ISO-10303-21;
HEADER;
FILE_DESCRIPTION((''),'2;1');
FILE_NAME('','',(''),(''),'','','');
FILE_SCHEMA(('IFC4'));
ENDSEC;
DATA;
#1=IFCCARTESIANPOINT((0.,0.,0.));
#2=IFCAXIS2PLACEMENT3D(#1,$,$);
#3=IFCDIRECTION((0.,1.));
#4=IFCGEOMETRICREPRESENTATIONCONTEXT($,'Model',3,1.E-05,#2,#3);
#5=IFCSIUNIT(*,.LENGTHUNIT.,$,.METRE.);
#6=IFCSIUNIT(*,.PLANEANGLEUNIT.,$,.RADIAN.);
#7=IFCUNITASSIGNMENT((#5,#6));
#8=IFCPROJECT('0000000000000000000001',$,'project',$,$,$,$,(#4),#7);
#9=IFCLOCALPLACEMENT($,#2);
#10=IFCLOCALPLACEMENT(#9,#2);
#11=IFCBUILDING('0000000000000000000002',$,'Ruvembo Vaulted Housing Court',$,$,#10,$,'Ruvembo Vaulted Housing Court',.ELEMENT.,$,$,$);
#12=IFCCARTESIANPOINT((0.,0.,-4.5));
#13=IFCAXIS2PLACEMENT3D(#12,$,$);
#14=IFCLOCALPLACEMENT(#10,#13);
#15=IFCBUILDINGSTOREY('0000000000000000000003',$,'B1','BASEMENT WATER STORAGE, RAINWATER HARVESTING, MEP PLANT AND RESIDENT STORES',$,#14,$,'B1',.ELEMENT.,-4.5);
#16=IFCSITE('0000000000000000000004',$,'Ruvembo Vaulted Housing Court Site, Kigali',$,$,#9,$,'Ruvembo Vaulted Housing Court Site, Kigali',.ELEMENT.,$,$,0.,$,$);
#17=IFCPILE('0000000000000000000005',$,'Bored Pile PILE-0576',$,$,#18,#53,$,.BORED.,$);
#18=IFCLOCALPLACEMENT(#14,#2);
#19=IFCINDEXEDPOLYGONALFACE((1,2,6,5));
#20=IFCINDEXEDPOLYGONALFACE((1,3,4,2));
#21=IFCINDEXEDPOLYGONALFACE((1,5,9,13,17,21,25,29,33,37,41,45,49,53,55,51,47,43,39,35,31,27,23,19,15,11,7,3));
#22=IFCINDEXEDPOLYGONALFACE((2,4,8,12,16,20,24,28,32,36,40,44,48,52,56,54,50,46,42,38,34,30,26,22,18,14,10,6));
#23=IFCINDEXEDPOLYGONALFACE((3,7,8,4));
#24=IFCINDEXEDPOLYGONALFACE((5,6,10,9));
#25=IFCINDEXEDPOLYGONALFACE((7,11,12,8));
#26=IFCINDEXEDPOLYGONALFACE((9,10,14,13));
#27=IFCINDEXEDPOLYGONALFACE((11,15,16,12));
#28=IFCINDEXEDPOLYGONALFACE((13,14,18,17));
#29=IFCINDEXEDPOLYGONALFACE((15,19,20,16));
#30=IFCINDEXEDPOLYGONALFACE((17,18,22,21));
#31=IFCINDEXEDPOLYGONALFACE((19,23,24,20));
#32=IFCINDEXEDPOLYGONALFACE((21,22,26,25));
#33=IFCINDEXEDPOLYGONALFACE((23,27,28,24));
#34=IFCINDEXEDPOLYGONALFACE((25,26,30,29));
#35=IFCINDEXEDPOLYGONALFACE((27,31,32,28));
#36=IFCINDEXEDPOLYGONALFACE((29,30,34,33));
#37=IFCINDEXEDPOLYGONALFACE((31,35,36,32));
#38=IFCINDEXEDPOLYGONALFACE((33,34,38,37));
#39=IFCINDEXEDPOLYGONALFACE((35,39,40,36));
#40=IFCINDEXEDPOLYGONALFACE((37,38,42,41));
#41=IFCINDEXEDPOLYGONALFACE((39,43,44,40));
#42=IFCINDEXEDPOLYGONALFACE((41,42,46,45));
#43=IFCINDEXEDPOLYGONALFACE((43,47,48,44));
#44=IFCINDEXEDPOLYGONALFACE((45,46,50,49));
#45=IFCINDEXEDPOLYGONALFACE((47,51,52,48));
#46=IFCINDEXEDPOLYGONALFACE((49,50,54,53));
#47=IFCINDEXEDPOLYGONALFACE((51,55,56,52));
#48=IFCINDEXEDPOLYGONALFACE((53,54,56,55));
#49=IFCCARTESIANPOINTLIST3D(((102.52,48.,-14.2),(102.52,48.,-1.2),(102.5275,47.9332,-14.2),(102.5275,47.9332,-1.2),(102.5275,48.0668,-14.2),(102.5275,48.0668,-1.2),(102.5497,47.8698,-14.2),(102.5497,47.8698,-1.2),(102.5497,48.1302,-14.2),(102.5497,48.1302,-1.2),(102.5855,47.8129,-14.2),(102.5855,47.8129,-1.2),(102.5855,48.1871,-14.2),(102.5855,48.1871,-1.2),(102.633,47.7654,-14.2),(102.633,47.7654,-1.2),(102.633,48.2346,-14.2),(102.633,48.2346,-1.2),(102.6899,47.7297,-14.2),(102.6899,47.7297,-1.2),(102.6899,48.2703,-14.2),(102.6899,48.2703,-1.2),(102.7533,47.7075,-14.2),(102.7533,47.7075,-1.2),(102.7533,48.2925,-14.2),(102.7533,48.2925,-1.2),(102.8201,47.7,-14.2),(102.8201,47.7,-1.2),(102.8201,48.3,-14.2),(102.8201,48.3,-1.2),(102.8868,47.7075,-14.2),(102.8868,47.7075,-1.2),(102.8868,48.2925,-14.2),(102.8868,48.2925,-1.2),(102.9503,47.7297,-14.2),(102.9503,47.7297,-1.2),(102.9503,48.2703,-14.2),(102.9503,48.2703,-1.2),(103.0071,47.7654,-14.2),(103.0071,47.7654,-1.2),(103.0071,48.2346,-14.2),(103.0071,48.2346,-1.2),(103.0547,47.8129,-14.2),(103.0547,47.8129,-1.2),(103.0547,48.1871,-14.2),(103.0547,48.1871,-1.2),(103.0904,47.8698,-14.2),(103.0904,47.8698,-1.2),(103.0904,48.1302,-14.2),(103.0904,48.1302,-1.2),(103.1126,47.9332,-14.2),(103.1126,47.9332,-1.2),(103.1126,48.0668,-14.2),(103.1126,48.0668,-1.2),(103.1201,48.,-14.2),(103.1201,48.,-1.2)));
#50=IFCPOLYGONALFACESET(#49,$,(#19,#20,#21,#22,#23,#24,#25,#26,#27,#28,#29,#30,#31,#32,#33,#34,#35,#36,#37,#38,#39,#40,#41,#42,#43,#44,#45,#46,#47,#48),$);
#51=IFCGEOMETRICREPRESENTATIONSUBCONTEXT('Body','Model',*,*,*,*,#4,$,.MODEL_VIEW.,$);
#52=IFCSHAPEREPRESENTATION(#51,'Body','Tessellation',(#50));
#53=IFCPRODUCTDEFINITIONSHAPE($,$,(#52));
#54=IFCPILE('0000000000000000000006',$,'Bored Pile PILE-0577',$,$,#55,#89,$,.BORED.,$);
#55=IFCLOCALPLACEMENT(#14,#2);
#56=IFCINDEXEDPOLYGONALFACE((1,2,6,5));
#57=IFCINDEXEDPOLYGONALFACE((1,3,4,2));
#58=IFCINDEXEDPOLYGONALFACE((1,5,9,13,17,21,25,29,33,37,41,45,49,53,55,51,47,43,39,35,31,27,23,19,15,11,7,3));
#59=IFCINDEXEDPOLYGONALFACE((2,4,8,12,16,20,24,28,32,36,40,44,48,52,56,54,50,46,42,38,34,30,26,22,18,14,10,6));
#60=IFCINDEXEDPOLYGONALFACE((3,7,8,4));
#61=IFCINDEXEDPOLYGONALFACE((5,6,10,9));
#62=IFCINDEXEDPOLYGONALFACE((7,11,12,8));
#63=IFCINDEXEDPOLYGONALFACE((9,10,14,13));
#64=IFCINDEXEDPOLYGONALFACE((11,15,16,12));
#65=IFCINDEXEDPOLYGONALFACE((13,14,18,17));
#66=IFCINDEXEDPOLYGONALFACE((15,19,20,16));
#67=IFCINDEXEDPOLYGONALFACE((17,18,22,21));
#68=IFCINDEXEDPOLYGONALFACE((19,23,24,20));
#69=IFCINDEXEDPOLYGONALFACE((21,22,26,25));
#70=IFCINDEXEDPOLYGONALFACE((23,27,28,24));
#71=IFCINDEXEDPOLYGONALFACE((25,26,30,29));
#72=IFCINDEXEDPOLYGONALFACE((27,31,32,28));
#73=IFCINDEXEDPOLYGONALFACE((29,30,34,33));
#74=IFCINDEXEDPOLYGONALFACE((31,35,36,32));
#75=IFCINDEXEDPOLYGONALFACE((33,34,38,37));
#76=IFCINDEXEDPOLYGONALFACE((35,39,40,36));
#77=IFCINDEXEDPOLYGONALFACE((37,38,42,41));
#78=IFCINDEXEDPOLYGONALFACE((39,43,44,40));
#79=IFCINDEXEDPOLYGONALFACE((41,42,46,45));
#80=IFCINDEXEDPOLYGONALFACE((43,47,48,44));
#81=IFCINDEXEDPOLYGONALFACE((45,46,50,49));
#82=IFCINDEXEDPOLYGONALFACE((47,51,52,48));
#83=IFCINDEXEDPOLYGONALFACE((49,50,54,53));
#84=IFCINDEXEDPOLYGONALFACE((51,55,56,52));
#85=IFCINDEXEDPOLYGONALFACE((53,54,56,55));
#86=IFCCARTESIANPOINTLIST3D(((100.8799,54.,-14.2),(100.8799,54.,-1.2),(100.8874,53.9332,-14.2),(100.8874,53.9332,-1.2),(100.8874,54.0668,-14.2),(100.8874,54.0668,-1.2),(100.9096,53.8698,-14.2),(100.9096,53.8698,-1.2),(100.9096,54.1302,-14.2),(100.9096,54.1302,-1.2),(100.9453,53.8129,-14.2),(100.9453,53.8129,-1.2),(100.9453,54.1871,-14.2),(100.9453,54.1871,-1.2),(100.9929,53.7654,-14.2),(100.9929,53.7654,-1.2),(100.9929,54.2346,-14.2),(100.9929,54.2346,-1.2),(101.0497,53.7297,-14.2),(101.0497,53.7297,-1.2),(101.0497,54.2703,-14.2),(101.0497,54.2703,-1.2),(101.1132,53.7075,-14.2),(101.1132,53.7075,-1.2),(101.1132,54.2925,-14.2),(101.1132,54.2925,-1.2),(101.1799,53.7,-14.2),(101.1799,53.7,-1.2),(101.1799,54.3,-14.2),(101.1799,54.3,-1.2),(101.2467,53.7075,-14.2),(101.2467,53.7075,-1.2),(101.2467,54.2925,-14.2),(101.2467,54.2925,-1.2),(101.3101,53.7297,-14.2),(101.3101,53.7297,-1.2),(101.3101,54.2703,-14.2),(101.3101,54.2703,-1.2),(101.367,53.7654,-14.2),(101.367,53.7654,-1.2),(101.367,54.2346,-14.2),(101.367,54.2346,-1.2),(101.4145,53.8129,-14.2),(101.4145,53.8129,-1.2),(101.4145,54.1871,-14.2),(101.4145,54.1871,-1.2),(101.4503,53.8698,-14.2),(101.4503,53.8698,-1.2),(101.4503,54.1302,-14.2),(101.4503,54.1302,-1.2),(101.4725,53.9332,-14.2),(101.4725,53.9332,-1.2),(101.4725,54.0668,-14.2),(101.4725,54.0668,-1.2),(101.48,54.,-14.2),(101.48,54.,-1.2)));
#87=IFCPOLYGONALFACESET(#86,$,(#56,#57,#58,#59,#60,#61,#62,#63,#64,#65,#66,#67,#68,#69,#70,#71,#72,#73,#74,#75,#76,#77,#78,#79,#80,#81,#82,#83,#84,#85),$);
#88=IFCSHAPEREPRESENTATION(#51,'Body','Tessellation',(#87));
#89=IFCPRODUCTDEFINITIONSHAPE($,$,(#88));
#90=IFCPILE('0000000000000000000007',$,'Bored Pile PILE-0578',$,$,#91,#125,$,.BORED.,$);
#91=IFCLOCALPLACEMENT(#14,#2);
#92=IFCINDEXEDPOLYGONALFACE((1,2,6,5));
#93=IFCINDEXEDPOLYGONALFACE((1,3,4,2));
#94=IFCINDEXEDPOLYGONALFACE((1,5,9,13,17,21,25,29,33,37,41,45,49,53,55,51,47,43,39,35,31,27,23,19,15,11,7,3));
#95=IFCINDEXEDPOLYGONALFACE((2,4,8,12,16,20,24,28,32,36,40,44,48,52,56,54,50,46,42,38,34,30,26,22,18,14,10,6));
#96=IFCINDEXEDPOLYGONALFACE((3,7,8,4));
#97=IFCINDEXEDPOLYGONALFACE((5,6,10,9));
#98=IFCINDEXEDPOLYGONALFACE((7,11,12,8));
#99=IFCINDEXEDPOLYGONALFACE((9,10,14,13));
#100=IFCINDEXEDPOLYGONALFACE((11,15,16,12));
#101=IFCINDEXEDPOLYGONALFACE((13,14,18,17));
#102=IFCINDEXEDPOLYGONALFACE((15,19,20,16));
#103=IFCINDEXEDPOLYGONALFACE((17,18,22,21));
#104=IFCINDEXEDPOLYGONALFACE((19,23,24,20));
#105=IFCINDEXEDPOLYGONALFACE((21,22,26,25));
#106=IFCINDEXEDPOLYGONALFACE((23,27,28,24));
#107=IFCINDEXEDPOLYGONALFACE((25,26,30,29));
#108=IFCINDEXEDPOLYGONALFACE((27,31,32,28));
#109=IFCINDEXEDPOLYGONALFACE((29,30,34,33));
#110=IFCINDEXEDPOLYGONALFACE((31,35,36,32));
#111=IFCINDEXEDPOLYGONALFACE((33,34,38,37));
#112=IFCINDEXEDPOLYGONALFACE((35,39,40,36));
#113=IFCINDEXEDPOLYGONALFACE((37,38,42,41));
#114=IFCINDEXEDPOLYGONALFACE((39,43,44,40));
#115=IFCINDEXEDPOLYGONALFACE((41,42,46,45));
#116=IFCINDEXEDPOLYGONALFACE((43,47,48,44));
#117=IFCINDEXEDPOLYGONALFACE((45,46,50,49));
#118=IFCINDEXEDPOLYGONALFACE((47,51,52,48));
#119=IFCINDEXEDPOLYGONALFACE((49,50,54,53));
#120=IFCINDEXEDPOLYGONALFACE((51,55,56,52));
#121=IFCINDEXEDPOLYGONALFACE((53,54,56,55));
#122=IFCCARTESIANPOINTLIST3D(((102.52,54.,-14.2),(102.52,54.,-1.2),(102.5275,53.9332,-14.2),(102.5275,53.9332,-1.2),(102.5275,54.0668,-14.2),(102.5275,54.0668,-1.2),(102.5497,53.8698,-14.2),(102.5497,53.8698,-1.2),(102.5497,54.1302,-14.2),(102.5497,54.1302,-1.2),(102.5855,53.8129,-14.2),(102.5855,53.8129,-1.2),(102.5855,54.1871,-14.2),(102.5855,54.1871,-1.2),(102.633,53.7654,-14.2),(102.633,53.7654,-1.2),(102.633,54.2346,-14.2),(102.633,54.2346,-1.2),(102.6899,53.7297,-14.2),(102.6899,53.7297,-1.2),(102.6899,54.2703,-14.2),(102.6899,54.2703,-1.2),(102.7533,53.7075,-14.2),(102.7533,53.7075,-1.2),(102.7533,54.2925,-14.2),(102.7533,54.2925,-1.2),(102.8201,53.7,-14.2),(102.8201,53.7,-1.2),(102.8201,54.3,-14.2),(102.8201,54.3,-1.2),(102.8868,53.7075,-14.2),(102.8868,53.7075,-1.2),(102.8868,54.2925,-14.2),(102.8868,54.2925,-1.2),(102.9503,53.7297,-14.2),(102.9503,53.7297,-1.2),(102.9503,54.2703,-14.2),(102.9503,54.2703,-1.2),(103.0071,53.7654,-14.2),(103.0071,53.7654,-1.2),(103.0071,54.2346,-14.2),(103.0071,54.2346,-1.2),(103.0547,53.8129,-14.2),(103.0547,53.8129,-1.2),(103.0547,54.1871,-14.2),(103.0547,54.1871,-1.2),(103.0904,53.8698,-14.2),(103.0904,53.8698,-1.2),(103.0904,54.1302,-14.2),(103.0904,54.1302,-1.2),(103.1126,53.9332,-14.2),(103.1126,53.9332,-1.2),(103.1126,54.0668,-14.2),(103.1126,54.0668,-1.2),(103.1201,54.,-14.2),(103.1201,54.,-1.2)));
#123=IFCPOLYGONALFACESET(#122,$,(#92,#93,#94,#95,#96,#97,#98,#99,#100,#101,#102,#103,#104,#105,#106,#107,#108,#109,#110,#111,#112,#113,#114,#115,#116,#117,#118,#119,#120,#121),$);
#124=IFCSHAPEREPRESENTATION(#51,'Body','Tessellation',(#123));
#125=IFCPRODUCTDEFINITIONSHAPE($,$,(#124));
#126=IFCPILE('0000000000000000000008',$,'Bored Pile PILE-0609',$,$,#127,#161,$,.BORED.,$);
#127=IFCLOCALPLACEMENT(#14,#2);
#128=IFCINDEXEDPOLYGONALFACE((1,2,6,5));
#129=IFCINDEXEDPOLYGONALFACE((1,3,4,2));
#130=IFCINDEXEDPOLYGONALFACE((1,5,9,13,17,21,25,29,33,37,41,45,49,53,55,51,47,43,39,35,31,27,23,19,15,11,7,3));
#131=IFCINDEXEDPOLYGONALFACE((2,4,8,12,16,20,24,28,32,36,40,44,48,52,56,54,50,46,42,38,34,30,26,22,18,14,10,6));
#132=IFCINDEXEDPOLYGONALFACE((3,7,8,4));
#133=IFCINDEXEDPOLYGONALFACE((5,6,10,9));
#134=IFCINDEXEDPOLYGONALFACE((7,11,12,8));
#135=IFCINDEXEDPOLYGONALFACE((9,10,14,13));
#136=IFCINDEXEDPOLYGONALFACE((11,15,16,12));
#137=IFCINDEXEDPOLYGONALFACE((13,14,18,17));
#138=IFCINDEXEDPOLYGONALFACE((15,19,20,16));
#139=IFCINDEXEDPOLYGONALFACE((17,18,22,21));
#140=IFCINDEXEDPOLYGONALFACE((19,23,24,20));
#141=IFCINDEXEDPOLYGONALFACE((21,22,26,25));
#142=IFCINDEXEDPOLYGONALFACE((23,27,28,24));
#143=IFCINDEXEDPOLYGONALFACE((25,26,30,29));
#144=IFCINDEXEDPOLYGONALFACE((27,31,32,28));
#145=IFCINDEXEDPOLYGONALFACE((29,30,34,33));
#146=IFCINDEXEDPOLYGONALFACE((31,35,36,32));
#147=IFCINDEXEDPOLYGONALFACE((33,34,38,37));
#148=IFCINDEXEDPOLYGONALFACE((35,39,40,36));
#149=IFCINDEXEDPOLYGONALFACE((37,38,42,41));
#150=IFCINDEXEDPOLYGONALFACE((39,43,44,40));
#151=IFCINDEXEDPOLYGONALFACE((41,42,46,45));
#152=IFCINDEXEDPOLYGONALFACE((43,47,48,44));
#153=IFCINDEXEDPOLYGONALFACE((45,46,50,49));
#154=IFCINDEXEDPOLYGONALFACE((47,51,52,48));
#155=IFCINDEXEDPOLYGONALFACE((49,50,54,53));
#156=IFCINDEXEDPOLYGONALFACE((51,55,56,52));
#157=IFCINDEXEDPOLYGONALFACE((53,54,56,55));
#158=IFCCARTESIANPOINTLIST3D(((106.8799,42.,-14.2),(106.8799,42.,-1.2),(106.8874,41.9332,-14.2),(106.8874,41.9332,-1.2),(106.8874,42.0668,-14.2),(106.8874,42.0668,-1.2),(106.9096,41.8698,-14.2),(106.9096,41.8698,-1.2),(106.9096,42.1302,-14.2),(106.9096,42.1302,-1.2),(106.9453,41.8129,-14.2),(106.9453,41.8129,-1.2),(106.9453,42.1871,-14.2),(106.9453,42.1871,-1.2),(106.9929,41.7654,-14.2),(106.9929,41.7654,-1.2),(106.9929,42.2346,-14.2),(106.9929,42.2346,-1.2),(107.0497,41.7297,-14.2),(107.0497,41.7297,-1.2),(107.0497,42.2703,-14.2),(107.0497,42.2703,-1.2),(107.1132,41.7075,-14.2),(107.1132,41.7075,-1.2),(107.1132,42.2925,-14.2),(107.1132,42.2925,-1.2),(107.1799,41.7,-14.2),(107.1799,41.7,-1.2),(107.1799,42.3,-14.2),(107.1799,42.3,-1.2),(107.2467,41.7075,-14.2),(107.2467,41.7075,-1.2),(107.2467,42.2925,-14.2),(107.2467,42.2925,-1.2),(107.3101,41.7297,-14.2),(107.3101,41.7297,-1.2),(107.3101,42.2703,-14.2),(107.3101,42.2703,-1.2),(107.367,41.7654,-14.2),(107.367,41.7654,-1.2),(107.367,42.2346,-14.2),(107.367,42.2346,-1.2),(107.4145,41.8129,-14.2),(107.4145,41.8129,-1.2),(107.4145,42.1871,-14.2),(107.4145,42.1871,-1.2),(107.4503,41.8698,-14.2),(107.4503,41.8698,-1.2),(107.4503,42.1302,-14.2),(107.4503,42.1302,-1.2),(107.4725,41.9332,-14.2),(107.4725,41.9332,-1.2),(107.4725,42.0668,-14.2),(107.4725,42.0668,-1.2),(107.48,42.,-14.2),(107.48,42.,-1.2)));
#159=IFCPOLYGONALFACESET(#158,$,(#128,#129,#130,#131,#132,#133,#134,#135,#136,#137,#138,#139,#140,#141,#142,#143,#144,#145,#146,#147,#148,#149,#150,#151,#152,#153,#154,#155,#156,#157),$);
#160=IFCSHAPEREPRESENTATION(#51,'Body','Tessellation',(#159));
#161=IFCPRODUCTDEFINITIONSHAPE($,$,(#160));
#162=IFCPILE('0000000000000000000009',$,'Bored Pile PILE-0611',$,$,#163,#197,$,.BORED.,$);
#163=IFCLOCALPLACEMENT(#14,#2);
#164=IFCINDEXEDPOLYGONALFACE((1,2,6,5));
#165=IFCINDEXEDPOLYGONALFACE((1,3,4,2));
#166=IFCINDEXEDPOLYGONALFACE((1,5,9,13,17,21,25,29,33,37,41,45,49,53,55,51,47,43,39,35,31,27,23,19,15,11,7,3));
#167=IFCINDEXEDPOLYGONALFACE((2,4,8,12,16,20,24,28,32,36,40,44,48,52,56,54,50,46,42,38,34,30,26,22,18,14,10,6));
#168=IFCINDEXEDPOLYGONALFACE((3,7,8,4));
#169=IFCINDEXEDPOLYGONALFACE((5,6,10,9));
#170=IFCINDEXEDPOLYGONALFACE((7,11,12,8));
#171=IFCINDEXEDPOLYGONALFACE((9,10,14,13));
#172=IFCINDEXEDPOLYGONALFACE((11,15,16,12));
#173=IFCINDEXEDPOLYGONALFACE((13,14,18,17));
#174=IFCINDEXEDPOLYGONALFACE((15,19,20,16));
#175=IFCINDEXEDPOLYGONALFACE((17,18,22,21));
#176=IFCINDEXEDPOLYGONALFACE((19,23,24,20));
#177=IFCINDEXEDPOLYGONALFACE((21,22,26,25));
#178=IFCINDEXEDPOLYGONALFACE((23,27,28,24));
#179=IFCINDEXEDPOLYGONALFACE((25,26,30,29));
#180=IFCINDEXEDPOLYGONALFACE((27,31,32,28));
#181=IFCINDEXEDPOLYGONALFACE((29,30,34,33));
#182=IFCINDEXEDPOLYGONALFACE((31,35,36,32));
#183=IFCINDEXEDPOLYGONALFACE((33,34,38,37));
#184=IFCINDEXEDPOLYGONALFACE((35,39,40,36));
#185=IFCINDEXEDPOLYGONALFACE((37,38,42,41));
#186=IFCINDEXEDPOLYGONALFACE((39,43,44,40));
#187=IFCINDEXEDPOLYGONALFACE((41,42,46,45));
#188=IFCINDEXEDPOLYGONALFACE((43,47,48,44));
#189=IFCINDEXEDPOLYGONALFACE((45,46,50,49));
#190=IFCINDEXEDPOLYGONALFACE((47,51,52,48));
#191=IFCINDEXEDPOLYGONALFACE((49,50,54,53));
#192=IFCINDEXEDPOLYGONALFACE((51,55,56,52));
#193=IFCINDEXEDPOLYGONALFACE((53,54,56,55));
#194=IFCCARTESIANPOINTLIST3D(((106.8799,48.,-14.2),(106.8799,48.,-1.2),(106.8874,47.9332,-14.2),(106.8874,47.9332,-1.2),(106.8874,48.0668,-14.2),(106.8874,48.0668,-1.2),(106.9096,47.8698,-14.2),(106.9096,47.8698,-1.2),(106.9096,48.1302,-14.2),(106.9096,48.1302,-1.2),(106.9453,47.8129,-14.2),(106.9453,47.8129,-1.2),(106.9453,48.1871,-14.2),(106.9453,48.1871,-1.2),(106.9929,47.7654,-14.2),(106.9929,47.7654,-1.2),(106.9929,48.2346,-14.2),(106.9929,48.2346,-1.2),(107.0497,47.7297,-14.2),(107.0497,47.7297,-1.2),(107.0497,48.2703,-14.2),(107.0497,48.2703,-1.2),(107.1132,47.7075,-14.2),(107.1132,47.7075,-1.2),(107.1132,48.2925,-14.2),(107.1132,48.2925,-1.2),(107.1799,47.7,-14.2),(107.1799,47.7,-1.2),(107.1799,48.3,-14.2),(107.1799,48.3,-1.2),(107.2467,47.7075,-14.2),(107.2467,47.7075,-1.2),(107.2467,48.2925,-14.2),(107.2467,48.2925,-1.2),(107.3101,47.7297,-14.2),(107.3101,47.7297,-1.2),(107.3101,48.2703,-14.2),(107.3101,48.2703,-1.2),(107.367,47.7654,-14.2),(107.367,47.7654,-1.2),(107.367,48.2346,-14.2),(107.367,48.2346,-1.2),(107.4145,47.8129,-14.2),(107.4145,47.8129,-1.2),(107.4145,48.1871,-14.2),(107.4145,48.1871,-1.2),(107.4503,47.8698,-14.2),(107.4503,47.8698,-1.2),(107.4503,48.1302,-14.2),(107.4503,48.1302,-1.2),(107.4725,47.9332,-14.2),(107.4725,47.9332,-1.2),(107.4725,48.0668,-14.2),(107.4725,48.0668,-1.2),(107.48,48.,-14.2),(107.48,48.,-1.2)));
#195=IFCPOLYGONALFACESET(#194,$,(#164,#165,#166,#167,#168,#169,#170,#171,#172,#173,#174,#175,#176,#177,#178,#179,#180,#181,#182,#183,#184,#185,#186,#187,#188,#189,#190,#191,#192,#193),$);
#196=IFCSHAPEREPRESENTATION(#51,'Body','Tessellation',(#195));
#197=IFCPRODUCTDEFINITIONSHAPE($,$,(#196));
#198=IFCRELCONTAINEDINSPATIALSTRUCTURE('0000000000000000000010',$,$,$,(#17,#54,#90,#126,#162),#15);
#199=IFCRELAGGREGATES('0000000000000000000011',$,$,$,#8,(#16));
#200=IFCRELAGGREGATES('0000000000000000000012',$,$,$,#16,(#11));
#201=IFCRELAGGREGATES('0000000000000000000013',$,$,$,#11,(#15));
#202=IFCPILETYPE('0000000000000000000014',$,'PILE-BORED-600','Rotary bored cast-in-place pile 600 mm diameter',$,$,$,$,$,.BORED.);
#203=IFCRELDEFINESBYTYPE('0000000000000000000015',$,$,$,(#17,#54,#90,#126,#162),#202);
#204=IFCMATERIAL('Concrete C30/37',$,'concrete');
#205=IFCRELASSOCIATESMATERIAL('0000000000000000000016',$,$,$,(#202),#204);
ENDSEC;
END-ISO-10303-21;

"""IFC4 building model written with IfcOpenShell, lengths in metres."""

from ifc_helpers import new_model, si_unit, direction, frame, origin, origin_2d, place, context, subcontext, project, spatial, circle, extrude, material, material_profile, profile_set, type_object, element, save


model = new_model("IFC4")

# Units and contexts
model_context = context("Model", 3, precision=1e-05, world=origin(), true_north=direction((0.0, 1.0)))
body_context = subcontext(model_context, "Body", "Model", "MODEL_VIEW")
ifc_project = project(units=[si_unit("LENGTHUNIT", "METRE"), si_unit("PLANEANGLEUNIT", "RADIAN")], contexts=[model_context])

# Site, building, storey
site_placement = place(None, origin())
site = spatial("IfcSite", under=ifc_project, at=site_placement, Name="Ruvembo Vaulted Housing Court Site, Kigali", LongName="Ruvembo Vaulted Housing Court Site, Kigali", CompositionType="ELEMENT", RefElevation=0.0)
building_placement = place(site_placement, origin())
building = spatial("IfcBuilding", under=site, at=building_placement, Name="Ruvembo Vaulted Housing Court", LongName="Ruvembo Vaulted Housing Court", CompositionType="ELEMENT")
storey_placement = place(building_placement, frame((0.0, 0.0, -4.5)))
storey = spatial("IfcBuildingStorey", under=building, at=storey_placement, Name="B1", Description="BASEMENT WATER STORAGE, RAINWATER HARVESTING, MEP PLANT AND RESIDENT STORES", LongName="B1", CompositionType="ELEMENT", Elevation=-4.5)

# Piles
ifc_material_1 = material(Name="Concrete C30/37", Category="concrete")
ifc_material_profile_1 = material_profile(ifc_material_1, circle(Radius=0.3, at=origin_2d()), Name="PILE D600")
ifc_profile_set_1 = profile_set([ifc_material_profile_1], Name="Concrete C30/37")
pile_type = type_object("IfcPileType", Name="PILE-BORED-600", Description="Rotary bored cast-in-place pile 600 mm diameter", PredefinedType="BORED", material=ifc_profile_set_1)
for number, where, z_axis, x_axis, name in (
    (1, (102.8201, 48.0, -1.2), (0.0, 0.0, -1.0), (1.0, 0.0, 0.0), "Bored Pile PILE-0576"),
    (2, (101.1799, 54.0, -1.2), (0.0, 0.0, -1.0), (1.0, 0.0, 0.0), "Bored Pile PILE-0577"),
    (3, (102.8201, 54.0, -1.2), (0.0, 0.0, -1.0), (1.0, 0.0, 0.0), "Bored Pile PILE-0578"),
    (4, (107.1799, 42.0, -1.2), (0.0, 0.0, -1.0), (1.0, 0.0, 0.0), "Bored Pile PILE-0609"),
    (5, (107.1799, 48.0, -1.2), (0.0, 0.0, -1.0), (1.0, 0.0, 0.0), "Bored Pile PILE-0611"),
):
    element("IfcPile", number, at=place(storey_placement, frame(where, z_axis=z_axis, x_axis=x_axis)), inside=storey, type_object=pile_type, Name=name, PredefinedType="BORED", context=body_context, shape_type="SweptSolid", body=[
        extrude(circle(Radius=0.3, at=origin_2d()), origin(), (0.0, 0.0, 1.0), 13.0),
    ])

save(model, "model.ifc")
